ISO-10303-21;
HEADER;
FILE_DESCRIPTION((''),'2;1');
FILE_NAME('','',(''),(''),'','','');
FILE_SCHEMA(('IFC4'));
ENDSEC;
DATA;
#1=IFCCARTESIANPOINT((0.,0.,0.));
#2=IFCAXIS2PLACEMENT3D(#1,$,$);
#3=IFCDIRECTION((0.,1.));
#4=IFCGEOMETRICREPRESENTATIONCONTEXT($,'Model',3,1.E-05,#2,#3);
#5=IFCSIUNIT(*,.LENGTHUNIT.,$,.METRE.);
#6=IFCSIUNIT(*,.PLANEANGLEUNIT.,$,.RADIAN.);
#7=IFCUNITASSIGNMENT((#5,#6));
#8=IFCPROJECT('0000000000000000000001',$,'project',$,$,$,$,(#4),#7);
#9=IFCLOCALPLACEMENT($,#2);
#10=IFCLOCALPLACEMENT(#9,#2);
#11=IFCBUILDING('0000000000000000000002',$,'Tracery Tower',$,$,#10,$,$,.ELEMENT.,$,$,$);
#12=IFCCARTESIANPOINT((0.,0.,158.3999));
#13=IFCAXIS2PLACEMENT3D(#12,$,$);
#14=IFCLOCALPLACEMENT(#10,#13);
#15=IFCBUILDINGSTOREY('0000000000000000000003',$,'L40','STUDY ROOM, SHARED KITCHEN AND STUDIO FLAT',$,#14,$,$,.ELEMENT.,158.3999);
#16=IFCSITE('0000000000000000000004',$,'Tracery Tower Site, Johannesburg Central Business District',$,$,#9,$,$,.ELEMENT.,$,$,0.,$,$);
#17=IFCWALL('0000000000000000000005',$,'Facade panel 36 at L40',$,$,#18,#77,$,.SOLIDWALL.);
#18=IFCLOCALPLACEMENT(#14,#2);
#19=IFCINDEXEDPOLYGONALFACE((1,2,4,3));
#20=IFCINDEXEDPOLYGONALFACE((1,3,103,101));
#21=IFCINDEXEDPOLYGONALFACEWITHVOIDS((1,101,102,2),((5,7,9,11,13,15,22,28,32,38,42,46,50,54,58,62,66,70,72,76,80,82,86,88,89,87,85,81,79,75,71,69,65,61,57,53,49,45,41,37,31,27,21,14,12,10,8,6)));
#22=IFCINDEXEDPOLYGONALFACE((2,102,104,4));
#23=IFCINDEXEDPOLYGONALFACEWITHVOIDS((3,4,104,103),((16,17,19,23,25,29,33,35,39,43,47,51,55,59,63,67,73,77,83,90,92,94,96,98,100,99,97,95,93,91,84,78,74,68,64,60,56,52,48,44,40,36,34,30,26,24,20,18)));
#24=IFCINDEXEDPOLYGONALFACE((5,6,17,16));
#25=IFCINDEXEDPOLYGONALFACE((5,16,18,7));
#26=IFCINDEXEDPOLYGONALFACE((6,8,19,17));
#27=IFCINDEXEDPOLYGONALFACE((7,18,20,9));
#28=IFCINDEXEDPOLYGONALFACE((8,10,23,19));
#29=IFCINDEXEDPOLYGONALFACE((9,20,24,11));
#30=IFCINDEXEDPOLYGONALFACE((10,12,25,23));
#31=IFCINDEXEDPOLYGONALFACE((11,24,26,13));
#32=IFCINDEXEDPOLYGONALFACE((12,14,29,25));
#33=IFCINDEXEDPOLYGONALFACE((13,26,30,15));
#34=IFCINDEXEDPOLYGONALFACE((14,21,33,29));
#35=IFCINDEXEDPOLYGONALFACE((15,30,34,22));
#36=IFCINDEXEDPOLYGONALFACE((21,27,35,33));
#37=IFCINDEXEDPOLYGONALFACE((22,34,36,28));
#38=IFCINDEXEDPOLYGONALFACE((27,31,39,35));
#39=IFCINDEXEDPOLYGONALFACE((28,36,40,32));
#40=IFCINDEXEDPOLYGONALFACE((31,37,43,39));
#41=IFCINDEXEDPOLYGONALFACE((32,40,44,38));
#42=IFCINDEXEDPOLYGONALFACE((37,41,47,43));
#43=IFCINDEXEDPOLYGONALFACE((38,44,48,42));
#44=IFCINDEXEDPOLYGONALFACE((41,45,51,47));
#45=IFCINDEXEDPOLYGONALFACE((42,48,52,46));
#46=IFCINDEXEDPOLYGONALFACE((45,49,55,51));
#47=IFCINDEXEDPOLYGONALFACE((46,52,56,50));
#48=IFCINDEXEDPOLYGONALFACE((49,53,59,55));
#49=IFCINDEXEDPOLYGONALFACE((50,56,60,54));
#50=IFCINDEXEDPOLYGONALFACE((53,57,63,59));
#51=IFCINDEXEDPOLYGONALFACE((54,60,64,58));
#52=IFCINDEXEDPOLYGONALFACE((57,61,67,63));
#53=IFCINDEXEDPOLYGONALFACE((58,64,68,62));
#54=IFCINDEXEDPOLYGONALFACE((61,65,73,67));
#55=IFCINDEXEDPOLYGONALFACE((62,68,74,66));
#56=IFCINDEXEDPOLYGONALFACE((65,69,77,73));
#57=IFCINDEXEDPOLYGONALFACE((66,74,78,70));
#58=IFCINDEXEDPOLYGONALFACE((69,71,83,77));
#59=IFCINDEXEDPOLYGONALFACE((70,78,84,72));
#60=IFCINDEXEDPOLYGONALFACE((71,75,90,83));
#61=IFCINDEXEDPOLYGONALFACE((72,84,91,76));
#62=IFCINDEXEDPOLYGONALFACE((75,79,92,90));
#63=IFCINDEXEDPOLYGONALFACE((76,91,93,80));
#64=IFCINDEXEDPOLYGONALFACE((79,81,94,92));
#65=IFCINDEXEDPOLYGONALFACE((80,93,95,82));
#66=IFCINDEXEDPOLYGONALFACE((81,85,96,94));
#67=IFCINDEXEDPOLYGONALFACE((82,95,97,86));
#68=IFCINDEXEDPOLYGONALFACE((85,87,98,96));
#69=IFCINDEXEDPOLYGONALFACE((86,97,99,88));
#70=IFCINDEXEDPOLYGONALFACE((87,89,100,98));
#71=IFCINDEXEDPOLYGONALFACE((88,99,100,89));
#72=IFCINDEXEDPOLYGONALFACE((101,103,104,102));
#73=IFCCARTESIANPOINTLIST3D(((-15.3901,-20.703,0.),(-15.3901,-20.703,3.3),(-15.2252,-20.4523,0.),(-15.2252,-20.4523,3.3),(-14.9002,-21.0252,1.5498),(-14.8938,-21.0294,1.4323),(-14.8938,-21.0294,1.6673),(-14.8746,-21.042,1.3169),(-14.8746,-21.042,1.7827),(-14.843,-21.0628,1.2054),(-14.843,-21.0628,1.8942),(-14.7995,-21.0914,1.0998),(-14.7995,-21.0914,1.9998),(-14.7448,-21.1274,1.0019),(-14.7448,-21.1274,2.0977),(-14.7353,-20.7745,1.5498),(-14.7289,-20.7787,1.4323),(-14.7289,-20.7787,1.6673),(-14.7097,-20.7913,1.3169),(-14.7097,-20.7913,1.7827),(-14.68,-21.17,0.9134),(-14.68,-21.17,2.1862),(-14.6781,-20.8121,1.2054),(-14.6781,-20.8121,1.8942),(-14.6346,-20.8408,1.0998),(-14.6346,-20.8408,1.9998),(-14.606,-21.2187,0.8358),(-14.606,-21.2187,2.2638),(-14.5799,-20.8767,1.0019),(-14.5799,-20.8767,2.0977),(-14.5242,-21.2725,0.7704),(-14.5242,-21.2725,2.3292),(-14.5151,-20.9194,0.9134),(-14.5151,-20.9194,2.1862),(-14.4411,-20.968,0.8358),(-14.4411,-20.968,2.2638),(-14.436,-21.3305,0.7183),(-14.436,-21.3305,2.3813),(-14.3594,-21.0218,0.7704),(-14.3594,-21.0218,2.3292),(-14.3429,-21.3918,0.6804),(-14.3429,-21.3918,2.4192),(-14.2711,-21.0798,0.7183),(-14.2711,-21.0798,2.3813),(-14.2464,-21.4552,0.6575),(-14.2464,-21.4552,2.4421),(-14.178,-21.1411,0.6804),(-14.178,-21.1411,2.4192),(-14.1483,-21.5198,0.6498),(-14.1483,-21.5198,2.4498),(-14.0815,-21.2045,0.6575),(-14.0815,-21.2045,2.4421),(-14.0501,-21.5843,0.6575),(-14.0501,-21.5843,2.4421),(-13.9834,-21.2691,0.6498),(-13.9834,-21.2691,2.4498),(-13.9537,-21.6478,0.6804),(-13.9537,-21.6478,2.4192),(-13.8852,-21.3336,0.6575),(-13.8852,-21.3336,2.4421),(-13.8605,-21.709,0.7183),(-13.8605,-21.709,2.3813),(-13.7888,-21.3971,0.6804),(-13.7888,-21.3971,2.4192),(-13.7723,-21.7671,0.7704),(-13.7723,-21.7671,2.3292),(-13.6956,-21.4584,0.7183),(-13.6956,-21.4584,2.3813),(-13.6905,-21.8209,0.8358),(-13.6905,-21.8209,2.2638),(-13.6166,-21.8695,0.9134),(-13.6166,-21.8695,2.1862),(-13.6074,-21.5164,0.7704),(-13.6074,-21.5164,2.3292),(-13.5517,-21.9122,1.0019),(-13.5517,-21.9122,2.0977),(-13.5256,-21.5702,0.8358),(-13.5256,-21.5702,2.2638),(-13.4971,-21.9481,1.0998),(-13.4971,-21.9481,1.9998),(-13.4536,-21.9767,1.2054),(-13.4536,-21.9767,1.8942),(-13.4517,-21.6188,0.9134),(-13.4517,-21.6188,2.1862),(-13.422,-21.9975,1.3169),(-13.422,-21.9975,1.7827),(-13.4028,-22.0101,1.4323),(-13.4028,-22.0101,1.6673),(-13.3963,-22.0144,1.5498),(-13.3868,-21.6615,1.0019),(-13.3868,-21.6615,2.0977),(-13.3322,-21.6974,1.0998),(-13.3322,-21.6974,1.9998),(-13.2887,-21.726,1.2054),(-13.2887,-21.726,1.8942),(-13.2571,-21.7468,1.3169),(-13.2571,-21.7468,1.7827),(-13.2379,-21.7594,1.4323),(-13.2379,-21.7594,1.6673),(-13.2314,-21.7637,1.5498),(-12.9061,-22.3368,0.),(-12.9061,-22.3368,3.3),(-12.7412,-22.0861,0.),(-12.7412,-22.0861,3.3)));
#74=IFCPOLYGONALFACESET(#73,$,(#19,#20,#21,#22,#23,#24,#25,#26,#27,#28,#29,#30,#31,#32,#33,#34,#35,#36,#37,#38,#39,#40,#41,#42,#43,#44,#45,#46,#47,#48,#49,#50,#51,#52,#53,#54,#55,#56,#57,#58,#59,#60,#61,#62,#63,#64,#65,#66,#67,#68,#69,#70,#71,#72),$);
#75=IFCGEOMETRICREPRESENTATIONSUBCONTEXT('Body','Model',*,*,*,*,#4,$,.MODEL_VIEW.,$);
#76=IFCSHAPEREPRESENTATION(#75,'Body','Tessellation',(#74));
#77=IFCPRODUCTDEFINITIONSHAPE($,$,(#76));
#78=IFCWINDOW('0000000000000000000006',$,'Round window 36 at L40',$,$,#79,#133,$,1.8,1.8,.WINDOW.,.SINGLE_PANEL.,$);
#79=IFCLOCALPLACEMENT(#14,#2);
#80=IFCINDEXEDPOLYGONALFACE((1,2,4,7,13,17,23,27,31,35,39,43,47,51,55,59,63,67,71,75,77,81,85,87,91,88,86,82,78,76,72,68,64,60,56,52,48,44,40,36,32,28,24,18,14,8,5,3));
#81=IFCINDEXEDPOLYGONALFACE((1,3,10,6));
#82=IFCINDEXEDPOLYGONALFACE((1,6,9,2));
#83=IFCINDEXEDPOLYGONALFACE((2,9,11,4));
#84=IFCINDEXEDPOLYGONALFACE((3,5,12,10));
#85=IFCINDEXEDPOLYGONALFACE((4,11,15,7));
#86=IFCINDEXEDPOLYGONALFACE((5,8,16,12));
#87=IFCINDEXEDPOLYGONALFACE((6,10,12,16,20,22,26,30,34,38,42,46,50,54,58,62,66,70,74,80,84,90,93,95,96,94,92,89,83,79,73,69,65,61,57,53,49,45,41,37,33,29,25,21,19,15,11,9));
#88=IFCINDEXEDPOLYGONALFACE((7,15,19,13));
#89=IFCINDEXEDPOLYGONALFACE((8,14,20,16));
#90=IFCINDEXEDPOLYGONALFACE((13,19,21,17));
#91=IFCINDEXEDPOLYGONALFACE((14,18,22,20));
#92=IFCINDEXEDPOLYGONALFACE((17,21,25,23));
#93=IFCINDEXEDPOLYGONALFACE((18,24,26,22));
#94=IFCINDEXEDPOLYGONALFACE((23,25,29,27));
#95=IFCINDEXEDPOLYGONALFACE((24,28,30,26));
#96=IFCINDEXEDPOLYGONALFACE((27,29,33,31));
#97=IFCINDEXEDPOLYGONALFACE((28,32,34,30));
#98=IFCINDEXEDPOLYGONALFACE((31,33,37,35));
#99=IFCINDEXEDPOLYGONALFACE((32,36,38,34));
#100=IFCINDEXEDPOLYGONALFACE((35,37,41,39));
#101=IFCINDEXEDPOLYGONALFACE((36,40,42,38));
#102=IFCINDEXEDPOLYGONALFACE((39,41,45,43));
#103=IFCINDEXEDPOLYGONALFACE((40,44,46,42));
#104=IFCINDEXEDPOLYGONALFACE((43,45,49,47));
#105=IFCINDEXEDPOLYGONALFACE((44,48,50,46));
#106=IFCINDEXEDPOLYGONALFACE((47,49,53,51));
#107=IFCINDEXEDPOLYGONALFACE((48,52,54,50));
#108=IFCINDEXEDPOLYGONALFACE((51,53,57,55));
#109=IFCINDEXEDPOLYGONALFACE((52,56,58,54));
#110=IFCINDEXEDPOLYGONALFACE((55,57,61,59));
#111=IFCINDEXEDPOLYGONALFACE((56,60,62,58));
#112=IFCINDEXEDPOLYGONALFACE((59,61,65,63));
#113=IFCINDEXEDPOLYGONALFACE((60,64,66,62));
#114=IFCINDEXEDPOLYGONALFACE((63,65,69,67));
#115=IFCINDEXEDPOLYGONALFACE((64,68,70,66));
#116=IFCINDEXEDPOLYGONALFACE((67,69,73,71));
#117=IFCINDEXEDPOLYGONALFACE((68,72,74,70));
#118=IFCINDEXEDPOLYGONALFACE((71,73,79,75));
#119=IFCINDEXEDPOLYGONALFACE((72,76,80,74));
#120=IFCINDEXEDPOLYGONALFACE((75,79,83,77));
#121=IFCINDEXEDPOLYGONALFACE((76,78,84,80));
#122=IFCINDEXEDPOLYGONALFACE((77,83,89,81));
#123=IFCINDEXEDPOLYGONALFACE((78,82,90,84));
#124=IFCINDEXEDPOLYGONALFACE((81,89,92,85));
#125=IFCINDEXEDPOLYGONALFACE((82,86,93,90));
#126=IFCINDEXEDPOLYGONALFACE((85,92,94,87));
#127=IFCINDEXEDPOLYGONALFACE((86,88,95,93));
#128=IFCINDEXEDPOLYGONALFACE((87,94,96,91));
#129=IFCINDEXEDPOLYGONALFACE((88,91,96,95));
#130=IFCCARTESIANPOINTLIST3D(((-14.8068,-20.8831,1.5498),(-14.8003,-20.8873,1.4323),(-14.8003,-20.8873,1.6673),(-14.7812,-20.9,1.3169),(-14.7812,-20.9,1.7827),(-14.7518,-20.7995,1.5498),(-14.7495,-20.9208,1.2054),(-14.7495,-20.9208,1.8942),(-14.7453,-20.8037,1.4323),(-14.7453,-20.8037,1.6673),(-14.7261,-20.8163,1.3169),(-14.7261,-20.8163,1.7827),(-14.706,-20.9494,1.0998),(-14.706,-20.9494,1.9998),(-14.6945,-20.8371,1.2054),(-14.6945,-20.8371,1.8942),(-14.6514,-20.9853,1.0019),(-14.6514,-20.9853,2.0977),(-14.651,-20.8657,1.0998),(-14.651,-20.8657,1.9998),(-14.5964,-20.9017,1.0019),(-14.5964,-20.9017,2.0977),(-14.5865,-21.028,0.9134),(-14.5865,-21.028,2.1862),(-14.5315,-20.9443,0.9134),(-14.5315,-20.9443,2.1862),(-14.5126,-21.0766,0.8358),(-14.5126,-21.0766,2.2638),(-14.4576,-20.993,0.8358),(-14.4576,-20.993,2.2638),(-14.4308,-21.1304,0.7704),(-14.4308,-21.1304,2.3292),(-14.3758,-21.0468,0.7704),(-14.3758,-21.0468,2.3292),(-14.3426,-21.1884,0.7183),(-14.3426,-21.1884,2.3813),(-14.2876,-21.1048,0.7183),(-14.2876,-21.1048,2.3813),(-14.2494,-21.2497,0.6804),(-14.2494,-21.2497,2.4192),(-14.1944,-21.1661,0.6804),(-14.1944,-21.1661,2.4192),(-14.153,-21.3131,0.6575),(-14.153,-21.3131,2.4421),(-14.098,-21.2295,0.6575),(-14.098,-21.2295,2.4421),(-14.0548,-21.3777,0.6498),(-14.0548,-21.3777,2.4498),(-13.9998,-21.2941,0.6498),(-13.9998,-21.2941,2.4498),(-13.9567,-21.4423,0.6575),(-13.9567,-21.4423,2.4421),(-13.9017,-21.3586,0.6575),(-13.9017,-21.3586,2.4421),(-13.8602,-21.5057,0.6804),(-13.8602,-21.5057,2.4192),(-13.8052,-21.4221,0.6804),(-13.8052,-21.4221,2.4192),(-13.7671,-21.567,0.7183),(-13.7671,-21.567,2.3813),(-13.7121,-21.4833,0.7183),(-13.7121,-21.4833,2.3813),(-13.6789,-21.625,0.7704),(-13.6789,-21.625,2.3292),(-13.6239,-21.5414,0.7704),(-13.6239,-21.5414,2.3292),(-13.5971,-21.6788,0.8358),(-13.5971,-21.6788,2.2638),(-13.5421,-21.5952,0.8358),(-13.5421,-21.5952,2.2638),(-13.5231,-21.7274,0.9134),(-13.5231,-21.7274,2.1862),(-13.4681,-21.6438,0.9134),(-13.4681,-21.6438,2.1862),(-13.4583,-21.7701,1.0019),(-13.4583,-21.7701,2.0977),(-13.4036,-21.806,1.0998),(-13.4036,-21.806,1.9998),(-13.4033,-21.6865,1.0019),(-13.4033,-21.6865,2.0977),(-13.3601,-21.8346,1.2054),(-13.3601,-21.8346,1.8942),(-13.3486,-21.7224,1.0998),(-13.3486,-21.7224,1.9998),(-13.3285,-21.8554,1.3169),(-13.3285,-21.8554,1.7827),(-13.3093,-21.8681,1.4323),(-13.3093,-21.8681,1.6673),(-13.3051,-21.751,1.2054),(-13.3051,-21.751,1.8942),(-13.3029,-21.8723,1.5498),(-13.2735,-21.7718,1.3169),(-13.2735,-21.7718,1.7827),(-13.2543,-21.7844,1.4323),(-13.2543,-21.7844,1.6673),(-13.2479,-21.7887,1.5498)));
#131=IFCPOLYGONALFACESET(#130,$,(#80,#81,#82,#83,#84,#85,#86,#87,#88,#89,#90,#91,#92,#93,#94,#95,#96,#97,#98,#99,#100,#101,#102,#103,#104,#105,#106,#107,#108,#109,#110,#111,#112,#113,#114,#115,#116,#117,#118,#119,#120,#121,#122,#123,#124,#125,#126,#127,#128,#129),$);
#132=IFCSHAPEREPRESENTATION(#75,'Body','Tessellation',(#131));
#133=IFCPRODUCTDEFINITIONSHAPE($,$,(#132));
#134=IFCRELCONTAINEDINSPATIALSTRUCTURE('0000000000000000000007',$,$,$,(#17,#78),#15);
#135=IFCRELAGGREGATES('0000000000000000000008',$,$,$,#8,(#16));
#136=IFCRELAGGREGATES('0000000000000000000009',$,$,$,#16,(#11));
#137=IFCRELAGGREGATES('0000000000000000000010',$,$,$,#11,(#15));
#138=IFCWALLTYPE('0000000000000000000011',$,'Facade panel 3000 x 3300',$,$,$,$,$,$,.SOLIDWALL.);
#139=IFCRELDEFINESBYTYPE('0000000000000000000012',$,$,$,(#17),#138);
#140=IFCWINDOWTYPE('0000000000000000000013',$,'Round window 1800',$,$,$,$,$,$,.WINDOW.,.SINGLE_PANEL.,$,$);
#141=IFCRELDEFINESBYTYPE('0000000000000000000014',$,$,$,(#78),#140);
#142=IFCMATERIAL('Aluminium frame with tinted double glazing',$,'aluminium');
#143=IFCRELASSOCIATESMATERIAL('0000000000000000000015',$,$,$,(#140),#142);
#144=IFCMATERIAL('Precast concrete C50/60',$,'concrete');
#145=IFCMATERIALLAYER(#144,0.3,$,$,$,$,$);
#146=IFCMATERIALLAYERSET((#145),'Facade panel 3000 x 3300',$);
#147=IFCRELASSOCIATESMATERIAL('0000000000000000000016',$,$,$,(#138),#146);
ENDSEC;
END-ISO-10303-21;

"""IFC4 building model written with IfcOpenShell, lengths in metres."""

from ifc_helpers import new_model, si_unit, direction, frame, frame_2d, origin, origin_2d, place, context, subcontext, project, spatial, rectangle, circle, extrude, material, layer, layer_set, type_object, element, fill, save


model = new_model("IFC4")

# Units and contexts
model_context = context("Model", 3, precision=1e-05, world=origin(), true_north=direction((0.0, 1.0)))
body_context = subcontext(model_context, "Body", "Model", "MODEL_VIEW")
ifc_project = project(units=[si_unit("LENGTHUNIT", "METRE"), si_unit("PLANEANGLEUNIT", "RADIAN")], contexts=[model_context])

# Site, building, storey
site_placement = place(None, origin())
site = spatial("IfcSite", under=ifc_project, at=site_placement, Name="Tracery Tower Site, Johannesburg Central Business District", CompositionType="ELEMENT", RefElevation=0.0)
building_placement = place(site_placement, origin())
building = spatial("IfcBuilding", under=site, at=building_placement, Name="Tracery Tower", CompositionType="ELEMENT")
storey_placement = place(building_placement, frame((0.0, 0.0, 158.3999)))
storey = spatial("IfcBuildingStorey", under=building, at=storey_placement, Name="L40", Description="STUDY ROOM, SHARED KITCHEN AND STUDIO FLAT", CompositionType="ELEMENT", Elevation=158.3999)

# Wall, opening, window
ifc_material_1 = material(Name="Aluminium frame with tinted double glazing", Category="aluminium")
window_type = type_object("IfcWindowType", Name="Round window 1800", PartitioningType="SINGLE_PANEL", PredefinedType="WINDOW", material=ifc_material_1)
ifc_material_2 = material(Name="Precast concrete C50/60", Category="concrete")
ifc_layer_1 = layer(ifc_material_2, 0.3)
ifc_layer_set_1 = layer_set([ifc_layer_1], Name="Facade panel 3000 x 3300")
wall_type_1 = type_object("IfcWallType", Name="Facade panel 3000 x 3300", PredefinedType="SOLIDWALL", material=ifc_layer_set_1)
wall_1_placement = place(storey_placement, frame((-15.3076, -20.5776, 0.0), z_axis=(0.0, 0.0, 1.0), x_axis=(0.835471, -0.549535, 0.0)))
wall_1 = element("IfcWall", 1, at=wall_1_placement, inside=storey, type_object=wall_type_1, Name="Facade panel 36 at L40", PredefinedType="SOLIDWALL", context=body_context, shape_type="SweptSolid", body=[
    extrude(rectangle(XDim=2.9731, YDim=0.3, at=frame_2d((1.4866, 0.0))), origin(), (0.0, 0.0, 1.0), 3.3),
])
opening_1_placement = place(wall_1_placement, frame((1.4863, 0.0, 1.5498)))
opening_1 = element("IfcOpeningElement", 2, at=opening_1_placement, cuts=wall_1, PredefinedType="OPENING", context=body_context, shape_type="SweptSolid", body=[
    extrude(circle(Radius=0.9, at=origin_2d()), frame((0.0, 0.1599, 0.0), z_axis=(0.0, -1.0, 0.0), x_axis=(1.0, 0.0, 0.0)), (0.0, 0.0, 1.0), 0.3201),
])
window_1_placement = place(opening_1_placement, origin())
window_1 = element("IfcWindow", 3, at=window_1_placement, inside=storey, type_object=window_type, Name="Round window 36 at L40", OverallHeight=1.8, OverallWidth=1.8, PartitioningType="SINGLE_PANEL", PredefinedType="WINDOW", context=body_context, shape_type="SweptSolid", body=[
    extrude(circle(Radius=0.9, at=origin_2d()), frame((0.0, 0.1201, 0.0), z_axis=(0.0, -1.0, 0.0), x_axis=(1.0, 0.0, 0.0)), (0.0, 0.0, 1.0), 0.1001),
])
fill(opening_1, window_1)

save(model, "model.ifc")
